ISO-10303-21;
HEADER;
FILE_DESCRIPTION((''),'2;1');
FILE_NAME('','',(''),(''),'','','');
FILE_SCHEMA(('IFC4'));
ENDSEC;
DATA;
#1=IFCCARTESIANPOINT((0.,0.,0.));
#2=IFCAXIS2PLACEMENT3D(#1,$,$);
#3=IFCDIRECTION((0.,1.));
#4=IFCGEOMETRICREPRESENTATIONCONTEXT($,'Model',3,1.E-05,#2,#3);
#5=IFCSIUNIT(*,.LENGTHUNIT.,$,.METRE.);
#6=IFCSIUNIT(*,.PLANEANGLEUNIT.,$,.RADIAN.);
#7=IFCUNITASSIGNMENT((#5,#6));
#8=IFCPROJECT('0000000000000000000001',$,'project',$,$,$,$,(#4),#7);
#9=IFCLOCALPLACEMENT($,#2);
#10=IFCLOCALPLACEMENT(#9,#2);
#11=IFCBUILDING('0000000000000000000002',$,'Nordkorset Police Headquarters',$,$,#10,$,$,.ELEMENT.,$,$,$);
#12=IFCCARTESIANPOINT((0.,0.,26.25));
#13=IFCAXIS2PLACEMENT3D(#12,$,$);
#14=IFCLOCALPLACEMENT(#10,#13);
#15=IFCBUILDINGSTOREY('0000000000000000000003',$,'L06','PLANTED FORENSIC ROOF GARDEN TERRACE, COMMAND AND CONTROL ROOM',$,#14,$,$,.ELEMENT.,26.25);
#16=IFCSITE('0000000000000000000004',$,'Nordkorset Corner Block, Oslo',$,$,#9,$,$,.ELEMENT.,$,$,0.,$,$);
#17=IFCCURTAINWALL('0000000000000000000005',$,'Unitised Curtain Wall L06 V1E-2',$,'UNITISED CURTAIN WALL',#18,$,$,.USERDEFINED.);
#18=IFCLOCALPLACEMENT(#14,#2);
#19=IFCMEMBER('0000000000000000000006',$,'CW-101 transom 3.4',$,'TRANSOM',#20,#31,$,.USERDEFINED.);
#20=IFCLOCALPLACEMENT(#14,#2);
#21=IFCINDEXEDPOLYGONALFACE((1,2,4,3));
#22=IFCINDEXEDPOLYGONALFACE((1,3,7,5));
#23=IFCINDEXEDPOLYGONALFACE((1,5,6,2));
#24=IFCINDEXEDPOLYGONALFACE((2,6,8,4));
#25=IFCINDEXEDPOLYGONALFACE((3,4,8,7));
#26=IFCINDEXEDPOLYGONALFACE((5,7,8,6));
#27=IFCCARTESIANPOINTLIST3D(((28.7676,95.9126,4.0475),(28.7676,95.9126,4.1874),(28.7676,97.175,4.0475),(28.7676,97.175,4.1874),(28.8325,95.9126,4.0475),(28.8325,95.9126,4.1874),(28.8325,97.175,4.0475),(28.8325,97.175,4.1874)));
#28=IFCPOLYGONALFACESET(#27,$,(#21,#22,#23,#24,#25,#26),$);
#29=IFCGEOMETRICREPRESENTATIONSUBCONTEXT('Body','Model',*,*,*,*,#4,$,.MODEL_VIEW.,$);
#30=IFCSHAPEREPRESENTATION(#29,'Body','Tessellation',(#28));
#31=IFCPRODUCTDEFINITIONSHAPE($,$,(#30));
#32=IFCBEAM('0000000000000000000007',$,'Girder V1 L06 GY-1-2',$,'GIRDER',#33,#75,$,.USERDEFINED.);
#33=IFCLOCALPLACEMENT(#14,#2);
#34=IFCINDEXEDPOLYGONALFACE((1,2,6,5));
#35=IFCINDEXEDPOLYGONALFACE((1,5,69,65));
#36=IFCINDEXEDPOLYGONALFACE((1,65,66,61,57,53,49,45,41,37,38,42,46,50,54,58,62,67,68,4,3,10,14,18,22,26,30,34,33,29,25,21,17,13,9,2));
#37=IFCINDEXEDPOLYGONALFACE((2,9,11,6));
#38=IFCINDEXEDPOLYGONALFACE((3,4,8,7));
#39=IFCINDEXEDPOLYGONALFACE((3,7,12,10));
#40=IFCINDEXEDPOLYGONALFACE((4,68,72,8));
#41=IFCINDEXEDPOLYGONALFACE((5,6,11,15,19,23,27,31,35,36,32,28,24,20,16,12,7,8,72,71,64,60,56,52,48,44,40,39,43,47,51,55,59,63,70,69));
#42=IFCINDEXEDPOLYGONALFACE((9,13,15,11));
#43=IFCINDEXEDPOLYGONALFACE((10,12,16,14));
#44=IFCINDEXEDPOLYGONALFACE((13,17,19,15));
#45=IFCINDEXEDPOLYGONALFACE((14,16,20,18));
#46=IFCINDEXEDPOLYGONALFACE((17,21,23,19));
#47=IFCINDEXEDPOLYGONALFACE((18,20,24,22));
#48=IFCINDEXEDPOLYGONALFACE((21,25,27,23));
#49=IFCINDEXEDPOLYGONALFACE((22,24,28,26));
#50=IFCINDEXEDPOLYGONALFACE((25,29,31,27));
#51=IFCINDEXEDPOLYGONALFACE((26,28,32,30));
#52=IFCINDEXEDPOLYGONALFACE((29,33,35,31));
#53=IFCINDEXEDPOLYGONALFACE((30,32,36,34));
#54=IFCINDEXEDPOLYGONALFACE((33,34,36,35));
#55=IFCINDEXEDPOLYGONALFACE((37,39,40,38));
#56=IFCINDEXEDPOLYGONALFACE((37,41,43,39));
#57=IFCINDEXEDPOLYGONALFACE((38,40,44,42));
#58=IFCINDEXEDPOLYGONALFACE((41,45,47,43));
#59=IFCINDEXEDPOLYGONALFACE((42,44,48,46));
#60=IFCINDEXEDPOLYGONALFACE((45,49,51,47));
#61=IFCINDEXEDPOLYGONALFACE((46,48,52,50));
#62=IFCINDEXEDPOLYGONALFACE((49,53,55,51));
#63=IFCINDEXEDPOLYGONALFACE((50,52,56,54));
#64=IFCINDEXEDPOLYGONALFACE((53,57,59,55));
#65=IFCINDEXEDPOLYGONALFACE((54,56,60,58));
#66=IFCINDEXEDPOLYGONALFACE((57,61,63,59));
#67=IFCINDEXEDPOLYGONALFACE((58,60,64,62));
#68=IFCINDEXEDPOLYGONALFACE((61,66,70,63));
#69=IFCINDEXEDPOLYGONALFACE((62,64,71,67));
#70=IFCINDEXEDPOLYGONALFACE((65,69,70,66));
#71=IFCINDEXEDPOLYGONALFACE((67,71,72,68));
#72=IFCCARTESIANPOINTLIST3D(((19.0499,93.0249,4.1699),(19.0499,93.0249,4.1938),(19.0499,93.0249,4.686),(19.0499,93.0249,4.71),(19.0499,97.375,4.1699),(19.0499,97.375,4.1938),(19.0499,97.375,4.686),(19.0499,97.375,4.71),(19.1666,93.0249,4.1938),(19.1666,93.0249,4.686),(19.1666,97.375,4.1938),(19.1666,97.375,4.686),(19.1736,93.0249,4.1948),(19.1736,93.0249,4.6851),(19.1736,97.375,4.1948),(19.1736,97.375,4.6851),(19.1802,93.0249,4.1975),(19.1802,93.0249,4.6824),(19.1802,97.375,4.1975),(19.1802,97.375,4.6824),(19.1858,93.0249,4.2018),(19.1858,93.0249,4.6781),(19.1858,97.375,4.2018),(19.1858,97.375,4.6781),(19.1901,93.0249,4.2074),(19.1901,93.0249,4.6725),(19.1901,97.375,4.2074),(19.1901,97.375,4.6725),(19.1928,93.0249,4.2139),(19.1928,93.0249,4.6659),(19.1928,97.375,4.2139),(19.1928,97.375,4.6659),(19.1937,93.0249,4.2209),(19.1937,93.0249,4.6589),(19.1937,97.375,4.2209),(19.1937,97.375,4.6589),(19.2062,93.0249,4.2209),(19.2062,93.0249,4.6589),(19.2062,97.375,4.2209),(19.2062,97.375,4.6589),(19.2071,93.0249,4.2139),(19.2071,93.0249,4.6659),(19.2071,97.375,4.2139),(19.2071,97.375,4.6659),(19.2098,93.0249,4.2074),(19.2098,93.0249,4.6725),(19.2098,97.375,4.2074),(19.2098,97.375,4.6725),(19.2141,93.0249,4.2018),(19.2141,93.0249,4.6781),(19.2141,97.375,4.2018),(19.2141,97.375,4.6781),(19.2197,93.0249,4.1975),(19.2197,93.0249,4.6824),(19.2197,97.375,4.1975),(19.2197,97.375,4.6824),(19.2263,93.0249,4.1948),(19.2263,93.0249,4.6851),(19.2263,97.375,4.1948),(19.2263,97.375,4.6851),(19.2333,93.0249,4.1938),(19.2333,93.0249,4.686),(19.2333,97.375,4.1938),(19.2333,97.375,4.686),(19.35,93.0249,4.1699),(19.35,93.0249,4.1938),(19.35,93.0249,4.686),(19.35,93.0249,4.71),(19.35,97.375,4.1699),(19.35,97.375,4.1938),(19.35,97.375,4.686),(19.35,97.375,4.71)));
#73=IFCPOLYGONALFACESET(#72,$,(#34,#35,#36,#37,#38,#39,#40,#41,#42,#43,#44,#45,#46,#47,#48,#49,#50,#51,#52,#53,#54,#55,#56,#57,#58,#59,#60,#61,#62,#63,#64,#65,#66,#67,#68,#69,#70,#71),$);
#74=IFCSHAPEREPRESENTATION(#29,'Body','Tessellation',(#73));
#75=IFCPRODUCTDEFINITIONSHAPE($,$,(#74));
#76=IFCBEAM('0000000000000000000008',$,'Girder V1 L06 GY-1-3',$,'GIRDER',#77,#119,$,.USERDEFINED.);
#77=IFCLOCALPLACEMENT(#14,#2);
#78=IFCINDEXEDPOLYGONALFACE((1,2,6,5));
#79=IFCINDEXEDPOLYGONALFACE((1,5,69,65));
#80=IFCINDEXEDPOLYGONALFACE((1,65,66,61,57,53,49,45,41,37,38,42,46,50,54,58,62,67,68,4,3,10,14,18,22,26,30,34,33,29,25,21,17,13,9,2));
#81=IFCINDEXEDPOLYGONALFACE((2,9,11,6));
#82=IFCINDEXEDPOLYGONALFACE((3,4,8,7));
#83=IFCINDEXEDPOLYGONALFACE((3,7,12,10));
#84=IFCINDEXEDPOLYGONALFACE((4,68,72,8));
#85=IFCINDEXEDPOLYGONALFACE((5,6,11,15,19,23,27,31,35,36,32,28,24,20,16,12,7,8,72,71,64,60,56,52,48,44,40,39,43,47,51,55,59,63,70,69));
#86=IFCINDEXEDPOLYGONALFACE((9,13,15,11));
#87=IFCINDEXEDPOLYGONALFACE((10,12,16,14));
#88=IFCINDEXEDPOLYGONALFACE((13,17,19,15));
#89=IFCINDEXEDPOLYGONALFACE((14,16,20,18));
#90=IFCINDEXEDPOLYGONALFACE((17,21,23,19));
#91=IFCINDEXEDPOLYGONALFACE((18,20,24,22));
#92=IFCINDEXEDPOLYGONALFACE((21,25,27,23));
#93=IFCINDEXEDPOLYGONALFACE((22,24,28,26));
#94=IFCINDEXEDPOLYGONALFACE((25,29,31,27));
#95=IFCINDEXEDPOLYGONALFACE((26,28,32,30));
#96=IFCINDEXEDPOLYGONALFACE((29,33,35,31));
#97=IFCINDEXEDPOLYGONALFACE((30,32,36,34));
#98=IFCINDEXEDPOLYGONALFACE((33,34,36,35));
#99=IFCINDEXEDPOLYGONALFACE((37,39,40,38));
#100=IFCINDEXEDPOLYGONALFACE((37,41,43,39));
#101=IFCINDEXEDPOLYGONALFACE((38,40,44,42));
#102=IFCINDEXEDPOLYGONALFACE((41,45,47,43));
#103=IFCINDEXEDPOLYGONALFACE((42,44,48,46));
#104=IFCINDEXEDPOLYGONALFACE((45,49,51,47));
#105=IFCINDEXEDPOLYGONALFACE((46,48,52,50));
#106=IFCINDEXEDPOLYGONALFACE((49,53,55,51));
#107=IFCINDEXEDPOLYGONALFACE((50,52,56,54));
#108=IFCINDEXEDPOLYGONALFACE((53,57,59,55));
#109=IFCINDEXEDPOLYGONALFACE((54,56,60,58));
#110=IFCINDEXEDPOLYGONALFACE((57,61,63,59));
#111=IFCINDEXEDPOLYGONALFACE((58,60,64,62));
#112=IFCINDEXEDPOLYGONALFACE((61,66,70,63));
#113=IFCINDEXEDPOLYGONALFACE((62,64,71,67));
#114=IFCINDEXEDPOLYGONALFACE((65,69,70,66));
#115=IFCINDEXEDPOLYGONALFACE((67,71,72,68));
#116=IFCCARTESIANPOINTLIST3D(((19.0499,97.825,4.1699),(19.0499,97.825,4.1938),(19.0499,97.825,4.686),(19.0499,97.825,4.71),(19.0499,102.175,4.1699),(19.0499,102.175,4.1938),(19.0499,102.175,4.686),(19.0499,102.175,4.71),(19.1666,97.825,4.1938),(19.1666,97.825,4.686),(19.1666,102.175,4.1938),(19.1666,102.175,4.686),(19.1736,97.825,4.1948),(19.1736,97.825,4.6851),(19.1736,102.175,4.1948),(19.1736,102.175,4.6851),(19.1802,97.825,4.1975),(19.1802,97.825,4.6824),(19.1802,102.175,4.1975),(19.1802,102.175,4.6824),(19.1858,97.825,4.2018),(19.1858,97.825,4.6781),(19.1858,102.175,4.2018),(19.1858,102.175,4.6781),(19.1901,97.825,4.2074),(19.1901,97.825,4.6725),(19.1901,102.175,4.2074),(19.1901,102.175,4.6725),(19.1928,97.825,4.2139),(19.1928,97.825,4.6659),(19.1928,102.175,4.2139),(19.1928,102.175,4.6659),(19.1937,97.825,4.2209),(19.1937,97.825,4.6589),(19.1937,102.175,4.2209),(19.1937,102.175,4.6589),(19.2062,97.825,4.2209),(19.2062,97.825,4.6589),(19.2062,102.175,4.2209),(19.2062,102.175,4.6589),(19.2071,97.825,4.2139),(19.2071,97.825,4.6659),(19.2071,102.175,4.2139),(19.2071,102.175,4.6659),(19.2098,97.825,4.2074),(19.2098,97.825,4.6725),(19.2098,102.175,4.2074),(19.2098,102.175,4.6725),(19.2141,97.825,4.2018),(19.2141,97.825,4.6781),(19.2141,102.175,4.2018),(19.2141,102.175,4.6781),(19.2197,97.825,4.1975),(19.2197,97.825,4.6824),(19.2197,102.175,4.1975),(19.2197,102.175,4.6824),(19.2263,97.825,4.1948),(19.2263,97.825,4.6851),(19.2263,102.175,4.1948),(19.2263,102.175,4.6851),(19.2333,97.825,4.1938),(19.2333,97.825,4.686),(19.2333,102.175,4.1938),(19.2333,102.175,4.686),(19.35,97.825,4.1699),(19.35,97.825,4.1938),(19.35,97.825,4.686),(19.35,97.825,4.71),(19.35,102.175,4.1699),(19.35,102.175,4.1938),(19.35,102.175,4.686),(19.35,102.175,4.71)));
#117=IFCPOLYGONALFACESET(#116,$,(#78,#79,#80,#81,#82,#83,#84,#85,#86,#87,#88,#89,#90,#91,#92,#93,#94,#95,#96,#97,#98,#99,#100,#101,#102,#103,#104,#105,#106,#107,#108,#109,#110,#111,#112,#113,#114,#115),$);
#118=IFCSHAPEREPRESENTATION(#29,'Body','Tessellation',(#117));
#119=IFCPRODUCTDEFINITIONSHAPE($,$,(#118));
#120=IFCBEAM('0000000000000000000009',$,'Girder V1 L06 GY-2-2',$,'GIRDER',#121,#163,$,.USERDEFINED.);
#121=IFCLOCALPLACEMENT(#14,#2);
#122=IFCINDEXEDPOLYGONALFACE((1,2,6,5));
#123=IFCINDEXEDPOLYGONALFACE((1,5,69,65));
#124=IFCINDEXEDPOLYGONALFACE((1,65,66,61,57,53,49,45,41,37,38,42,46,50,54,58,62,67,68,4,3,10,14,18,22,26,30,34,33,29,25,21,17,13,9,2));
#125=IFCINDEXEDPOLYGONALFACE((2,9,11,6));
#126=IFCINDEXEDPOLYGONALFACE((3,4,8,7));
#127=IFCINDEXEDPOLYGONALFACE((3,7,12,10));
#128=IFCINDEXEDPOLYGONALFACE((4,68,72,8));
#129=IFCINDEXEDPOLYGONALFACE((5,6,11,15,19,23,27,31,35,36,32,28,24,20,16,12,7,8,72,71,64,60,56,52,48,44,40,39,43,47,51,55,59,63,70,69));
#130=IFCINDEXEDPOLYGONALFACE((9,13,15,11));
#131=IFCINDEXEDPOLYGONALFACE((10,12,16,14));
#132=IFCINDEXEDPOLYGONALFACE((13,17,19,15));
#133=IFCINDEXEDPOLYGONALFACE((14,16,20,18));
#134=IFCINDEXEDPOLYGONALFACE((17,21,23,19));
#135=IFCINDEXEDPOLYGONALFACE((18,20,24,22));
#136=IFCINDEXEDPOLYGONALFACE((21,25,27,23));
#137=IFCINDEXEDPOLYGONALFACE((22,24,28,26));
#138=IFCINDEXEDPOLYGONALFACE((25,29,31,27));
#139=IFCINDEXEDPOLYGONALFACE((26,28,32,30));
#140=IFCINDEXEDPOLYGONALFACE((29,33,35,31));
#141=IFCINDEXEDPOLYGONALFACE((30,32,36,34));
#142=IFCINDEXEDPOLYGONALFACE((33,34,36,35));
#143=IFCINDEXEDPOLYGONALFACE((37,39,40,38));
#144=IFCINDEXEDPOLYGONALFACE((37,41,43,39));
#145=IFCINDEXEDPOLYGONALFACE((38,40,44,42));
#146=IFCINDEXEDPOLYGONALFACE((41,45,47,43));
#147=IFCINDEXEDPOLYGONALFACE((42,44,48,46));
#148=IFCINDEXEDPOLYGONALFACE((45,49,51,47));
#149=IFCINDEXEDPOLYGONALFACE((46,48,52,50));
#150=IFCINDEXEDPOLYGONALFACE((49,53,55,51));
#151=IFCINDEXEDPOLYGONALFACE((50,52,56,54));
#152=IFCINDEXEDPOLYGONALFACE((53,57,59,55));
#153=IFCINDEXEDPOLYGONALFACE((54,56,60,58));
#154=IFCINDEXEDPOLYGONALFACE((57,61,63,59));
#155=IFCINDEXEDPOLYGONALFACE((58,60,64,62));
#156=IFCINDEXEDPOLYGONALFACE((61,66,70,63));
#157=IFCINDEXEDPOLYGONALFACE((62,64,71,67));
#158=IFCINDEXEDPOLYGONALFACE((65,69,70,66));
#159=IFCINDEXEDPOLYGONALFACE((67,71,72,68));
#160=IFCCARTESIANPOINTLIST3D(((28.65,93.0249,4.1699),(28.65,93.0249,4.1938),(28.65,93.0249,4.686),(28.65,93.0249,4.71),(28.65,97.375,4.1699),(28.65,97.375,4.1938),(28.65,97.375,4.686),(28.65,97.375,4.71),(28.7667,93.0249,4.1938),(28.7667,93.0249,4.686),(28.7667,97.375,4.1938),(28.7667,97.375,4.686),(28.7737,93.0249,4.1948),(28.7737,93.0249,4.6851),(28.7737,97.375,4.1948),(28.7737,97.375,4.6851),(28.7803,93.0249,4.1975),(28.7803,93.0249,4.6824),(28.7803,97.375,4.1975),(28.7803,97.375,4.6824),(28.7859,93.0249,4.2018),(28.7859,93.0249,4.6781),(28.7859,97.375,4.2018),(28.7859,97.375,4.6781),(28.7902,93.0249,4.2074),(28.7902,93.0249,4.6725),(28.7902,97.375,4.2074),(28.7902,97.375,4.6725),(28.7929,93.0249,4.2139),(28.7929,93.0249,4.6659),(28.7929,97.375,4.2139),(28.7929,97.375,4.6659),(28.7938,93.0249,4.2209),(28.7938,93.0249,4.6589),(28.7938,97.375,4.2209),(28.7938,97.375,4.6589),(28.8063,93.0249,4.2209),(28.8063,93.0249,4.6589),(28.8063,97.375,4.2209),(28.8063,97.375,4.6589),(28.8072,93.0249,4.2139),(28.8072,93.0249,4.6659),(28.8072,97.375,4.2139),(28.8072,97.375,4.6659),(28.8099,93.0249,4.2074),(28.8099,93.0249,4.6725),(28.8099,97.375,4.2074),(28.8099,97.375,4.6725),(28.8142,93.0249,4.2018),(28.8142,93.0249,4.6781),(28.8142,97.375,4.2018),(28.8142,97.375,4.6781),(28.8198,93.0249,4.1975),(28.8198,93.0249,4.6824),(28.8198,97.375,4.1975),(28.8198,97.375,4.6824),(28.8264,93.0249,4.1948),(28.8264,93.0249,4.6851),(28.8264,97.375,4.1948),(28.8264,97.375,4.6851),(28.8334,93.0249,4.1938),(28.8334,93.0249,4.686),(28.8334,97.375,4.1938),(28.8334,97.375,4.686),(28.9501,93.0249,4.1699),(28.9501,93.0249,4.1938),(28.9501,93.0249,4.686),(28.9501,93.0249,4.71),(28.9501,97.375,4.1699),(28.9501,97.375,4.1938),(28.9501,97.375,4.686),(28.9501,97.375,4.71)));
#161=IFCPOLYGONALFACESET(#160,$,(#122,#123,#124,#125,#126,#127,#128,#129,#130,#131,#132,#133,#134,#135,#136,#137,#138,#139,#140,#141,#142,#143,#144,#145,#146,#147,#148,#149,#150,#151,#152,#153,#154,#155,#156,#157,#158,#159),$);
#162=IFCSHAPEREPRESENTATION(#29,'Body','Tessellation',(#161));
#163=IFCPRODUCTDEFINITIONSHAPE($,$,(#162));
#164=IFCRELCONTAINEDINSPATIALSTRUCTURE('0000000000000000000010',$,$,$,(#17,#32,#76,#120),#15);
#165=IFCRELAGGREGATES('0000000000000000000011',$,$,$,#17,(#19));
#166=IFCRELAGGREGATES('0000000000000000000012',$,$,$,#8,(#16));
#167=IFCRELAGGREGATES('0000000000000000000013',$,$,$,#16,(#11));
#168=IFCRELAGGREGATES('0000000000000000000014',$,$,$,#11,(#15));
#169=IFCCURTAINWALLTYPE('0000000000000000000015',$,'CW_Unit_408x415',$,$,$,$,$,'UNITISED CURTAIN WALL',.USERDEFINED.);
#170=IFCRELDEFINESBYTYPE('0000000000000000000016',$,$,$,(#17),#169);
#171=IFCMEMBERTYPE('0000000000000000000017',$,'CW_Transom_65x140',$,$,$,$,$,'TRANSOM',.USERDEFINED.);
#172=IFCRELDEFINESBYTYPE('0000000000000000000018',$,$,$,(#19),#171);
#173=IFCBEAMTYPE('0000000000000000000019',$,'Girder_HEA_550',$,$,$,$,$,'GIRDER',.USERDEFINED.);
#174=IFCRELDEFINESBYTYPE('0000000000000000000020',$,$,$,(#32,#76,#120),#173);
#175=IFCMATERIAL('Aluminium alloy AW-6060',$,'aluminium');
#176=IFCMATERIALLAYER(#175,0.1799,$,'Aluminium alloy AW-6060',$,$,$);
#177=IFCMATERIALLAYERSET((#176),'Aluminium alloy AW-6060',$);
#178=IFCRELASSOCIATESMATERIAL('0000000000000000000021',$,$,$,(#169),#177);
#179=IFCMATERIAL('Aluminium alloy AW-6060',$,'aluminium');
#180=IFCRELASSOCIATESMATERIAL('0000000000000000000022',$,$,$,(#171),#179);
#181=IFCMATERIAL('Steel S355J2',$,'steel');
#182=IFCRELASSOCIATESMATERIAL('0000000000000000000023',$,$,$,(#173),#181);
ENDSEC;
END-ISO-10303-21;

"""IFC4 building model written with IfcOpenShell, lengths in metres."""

from ifc_helpers import new_model, si_unit, direction, frame, origin, origin_2d, place, context, subcontext, project, spatial, rectangle, i_section, extrude, material, layer, layer_set, material_profile, profile_set, type_object, element, aggregate, save


model = new_model("IFC4")

# Units and contexts
model_context = context("Model", 3, precision=1e-05, world=origin(), true_north=direction((0.0, 1.0)))
body_context = subcontext(model_context, "Body", "Model", "MODEL_VIEW")
ifc_project = project(units=[si_unit("LENGTHUNIT", "METRE"), si_unit("PLANEANGLEUNIT", "RADIAN")], contexts=[model_context])

# Site, building, storey
site_placement = place(None, origin())
site = spatial("IfcSite", under=ifc_project, at=site_placement, Name="Nordkorset Corner Block, Oslo", CompositionType="ELEMENT", RefElevation=0.0)
building_placement = place(site_placement, origin())
building = spatial("IfcBuilding", under=site, at=building_placement, Name="Nordkorset Police Headquarters", CompositionType="ELEMENT")
storey_placement = place(building_placement, frame((0.0, 0.0, 26.25)))
storey = spatial("IfcBuildingStorey", under=building, at=storey_placement, Name="L06", Description="PLANTED FORENSIC ROOF GARDEN TERRACE, COMMAND AND CONTROL ROOM", CompositionType="ELEMENT", Elevation=26.25)

# Shared definitions
ifc_material_1 = material(Name="Aluminium alloy AW-6060", Category="aluminium")
ifc_layer_1 = layer(ifc_material_1, 0.1799, Name="Aluminium alloy AW-6060")
ifc_layer_set_1 = layer_set([ifc_layer_1], Name="Aluminium alloy AW-6060")
curtain_wall_type = type_object("IfcCurtainWallType", Name="CW_Unit_408x415", ElementType="UNITISED CURTAIN WALL", PredefinedType="USERDEFINED", material=ifc_layer_set_1)

# Curtain wall, member
curtain_wall_1_placement = place(storey_placement, origin())
curtain_wall_1 = element("IfcCurtainWall", 1, at=curtain_wall_1_placement, inside=storey, type_object=curtain_wall_type, Name="Unitised Curtain Wall L06 V1E-2", ObjectType="UNITISED CURTAIN WALL", PredefinedType="USERDEFINED")
ifc_material_2 = material(Name="Aluminium alloy AW-6060", Category="aluminium")
ifc_material_profile_1 = material_profile(ifc_material_2, rectangle(XDim=0.0649, YDim=0.1399, at=origin_2d()), Name="ALU TRAN 65x140")
ifc_profile_set_1 = profile_set([ifc_material_profile_1], Name="Aluminium alloy AW-6060")
member_type_1 = type_object("IfcMemberType", Name="CW_Transom_65x140", ElementType="TRANSOM", PredefinedType="USERDEFINED", material=ifc_profile_set_1)
member_1_placement = place(storey_placement, frame((28.8, 95.9126, 4.1174), z_axis=(0.0, 1.0, 0.0), x_axis=(-1.0, 0.0, 0.0)))
member_1 = element("IfcMember", 2, at=member_1_placement, type_object=member_type_1, Name="CW-101 transom 3.4", ObjectType="TRANSOM", PredefinedType="USERDEFINED", context=body_context, shape_type="SweptSolid", body=[
    extrude(rectangle(XDim=0.0649, YDim=0.1399, at=origin_2d()), origin(), (0.0, 0.0, 1.0), 1.2625),
])

# Beams
ifc_material_3 = material(Name="Steel S355J2", Category="steel")
ifc_material_profile_2 = material_profile(ifc_material_3, i_section(OverallWidth=0.3, OverallDepth=0.54, WebThickness=0.0125, FlangeThickness=0.0239, FilletRadius=0.0271, at=origin_2d()), Name="HEA 550")
ifc_profile_set_2 = profile_set([ifc_material_profile_2], Name="Steel S355J2")
beam_type_1 = type_object("IfcBeamType", Name="Girder_HEA_550", ElementType="GIRDER", PredefinedType="USERDEFINED", material=ifc_profile_set_2)
for number, where, z_axis, x_axis, name in (
    (3, (19.2, 93.0249, 4.4399), (0.0, 1.0, 0.0), (-1.0, 0.0, 0.0), "Girder V1 L06 GY-1-2"),
    (4, (19.2, 97.825, 4.4399), (0.0, 1.0, 0.0), (-1.0, 0.0, 0.0), "Girder V1 L06 GY-1-3"),
    (5, (28.8, 93.0249, 4.4399), (0.0, 1.0, 0.0), (-1.0, 0.0, 0.0), "Girder V1 L06 GY-2-2"),
):
    element("IfcBeam", number, at=place(storey_placement, frame(where, z_axis=z_axis, x_axis=x_axis)), inside=storey, type_object=beam_type_1, Name=name, ObjectType="GIRDER", PredefinedType="USERDEFINED", context=body_context, shape_type="SweptSolid", body=[
        extrude(i_section(OverallWidth=0.3, OverallDepth=0.54, WebThickness=0.0125, FlangeThickness=0.0239, FilletRadius=0.0271, at=origin_2d()), origin(), (0.0, 0.0, 1.0), 4.3501),
    ])

aggregate(curtain_wall_1, [member_1])

save(model, "model.ifc")
